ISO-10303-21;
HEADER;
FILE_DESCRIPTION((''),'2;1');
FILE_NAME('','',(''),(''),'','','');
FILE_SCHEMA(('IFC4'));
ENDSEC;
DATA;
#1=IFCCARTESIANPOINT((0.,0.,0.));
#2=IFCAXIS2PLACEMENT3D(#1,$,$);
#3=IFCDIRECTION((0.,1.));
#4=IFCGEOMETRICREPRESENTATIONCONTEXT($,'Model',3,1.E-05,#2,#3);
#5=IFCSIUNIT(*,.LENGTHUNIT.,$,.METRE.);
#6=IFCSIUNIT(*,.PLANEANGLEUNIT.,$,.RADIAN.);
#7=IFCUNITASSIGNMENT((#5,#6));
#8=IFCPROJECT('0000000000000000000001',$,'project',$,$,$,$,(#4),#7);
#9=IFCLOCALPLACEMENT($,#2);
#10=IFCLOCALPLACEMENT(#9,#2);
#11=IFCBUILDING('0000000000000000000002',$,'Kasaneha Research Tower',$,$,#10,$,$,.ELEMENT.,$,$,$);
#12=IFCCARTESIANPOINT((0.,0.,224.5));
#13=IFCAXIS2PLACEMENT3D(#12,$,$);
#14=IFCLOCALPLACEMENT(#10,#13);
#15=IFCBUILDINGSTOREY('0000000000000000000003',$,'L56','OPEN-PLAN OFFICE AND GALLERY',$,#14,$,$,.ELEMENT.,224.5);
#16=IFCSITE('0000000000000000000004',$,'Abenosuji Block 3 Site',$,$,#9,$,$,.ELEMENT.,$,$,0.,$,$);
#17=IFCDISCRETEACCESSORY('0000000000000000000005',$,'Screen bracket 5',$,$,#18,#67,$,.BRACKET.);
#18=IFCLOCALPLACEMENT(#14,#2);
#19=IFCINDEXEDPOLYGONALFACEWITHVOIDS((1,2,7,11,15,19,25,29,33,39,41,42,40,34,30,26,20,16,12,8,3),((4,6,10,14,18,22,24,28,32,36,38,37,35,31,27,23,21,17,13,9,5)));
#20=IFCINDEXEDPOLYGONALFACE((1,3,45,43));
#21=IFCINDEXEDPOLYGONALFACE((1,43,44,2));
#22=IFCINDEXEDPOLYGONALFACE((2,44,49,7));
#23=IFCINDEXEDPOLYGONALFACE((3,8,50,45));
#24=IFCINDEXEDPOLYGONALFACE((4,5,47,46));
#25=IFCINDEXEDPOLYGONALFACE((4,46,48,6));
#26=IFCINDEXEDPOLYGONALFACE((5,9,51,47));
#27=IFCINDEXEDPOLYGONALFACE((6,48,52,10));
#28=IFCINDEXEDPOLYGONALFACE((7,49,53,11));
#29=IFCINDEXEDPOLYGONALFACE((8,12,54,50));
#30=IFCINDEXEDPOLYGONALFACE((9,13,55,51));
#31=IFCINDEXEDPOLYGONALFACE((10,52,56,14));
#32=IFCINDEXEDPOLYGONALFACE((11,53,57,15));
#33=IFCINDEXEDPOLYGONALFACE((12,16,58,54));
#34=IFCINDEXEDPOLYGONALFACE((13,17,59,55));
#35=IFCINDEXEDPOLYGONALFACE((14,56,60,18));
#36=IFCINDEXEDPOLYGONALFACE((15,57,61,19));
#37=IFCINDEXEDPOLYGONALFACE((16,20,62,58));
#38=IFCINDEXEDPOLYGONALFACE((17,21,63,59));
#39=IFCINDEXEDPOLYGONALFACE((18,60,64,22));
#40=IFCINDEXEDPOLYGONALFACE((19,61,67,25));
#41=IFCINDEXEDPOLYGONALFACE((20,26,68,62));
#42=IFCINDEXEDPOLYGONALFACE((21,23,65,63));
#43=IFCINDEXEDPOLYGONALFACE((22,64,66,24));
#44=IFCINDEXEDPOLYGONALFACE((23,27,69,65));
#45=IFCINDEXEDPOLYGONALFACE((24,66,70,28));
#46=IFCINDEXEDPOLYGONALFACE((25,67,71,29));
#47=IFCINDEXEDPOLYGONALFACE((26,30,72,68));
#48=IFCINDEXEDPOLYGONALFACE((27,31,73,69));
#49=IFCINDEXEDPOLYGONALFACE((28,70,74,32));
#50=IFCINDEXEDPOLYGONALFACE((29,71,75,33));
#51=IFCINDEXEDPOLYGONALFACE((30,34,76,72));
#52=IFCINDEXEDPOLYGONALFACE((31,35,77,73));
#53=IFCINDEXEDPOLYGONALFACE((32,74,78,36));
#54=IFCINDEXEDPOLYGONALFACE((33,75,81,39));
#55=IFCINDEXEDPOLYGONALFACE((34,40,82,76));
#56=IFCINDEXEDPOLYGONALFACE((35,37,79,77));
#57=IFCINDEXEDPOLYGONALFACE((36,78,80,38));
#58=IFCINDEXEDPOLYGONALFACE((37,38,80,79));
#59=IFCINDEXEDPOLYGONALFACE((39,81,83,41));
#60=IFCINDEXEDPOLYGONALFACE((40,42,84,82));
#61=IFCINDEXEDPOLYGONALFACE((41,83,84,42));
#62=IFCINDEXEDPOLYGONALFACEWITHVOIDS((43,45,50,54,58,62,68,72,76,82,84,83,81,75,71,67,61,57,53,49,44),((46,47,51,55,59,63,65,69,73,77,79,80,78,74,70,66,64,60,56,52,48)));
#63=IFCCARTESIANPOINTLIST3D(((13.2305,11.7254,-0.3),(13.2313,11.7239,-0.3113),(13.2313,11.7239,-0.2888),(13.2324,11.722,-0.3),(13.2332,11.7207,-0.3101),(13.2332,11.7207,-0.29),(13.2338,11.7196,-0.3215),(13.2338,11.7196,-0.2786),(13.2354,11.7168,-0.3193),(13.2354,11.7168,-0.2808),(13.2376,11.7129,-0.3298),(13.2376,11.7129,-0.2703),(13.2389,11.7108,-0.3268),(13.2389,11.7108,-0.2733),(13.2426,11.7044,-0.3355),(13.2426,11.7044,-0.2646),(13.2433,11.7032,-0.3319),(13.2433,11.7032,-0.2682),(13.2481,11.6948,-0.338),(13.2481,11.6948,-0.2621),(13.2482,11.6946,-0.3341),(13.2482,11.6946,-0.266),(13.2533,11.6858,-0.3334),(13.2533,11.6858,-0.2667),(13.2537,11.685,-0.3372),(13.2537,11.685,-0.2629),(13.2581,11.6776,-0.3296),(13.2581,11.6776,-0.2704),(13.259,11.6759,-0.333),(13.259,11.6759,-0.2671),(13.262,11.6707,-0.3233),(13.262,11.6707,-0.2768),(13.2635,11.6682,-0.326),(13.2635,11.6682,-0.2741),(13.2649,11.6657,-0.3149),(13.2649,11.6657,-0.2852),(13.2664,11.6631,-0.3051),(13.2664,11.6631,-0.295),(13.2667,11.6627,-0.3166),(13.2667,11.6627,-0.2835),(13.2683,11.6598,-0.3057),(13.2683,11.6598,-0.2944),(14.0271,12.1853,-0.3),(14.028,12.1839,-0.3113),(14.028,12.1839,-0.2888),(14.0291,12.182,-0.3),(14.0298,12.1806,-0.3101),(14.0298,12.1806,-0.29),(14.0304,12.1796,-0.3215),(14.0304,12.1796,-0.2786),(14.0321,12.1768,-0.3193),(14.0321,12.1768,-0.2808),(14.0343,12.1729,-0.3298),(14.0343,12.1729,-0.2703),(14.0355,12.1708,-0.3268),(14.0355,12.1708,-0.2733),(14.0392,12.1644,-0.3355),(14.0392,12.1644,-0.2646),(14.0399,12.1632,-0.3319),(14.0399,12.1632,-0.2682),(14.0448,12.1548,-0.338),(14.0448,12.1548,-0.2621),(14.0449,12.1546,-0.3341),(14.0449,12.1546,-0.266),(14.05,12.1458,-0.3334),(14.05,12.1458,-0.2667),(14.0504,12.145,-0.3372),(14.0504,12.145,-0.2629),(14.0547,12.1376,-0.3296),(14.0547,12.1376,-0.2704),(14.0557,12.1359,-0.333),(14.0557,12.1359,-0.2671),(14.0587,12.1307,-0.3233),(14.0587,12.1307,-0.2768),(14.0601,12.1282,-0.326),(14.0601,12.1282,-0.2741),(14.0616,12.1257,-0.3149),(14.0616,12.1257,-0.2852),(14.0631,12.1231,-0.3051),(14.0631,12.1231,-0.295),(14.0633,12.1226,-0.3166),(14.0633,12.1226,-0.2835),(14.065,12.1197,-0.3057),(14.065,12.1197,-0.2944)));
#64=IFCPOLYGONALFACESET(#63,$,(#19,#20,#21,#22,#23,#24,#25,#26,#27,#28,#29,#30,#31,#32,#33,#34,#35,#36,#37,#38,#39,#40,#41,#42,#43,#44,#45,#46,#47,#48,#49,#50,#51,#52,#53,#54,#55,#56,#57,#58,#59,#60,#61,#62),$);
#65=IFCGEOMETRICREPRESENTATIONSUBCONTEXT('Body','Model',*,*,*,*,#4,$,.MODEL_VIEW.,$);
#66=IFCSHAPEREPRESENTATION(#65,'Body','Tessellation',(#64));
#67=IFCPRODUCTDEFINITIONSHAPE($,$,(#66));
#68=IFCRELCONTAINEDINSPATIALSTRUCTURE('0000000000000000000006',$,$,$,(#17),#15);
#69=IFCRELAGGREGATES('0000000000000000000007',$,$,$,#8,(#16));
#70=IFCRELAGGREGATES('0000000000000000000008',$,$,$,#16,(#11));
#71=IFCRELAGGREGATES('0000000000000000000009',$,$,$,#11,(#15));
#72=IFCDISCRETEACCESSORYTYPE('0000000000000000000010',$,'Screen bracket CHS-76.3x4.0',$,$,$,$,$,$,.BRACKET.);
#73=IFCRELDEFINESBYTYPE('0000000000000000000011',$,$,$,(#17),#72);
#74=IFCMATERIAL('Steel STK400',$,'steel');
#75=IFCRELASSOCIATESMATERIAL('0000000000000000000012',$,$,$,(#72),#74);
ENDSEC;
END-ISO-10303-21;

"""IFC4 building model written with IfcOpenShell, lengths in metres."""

from ifc_helpers import new_model, si_unit, direction, frame, origin, origin_2d, place, context, subcontext, project, spatial, hollow_circle, extrude, material, material_profile, profile_set, type_object, element, save


model = new_model("IFC4")

# Units and contexts
model_context = context("Model", 3, precision=1e-05, world=origin(), true_north=direction((0.0, 1.0)))
body_context = subcontext(model_context, "Body", "Model", "MODEL_VIEW")
ifc_project = project(units=[si_unit("LENGTHUNIT", "METRE"), si_unit("PLANEANGLEUNIT", "RADIAN")], contexts=[model_context])

# Site, building, storey
site_placement = place(None, origin())
site = spatial("IfcSite", under=ifc_project, at=site_placement, Name="Abenosuji Block 3 Site", CompositionType="ELEMENT", RefElevation=0.0)
building_placement = place(site_placement, origin())
building = spatial("IfcBuilding", under=site, at=building_placement, Name="Kasaneha Research Tower", CompositionType="ELEMENT")
storey_placement = place(building_placement, frame((0.0, 0.0, 224.5)))
storey = spatial("IfcBuildingStorey", under=building, at=storey_placement, Name="L56", Description="OPEN-PLAN OFFICE AND GALLERY", CompositionType="ELEMENT", Elevation=224.5)

# Discrete accessory
ifc_material_1 = material(Name="Steel STK400", Category="steel")
ifc_material_profile_1 = material_profile(ifc_material_1, hollow_circle(Radius=0.0381, WallThickness=0.0039, at=origin_2d()), Name="CHS-76.3x4.0")
ifc_profile_set_1 = profile_set([ifc_material_profile_1], Name="Steel STK400")
discrete_accessory_type = type_object("IfcDiscreteAccessoryType", Name="Screen bracket CHS-76.3x4.0", PredefinedType="BRACKET", material=ifc_profile_set_1)
for number, where, z_axis, x_axis, name in (
    (1, (13.2495, 11.6924, -0.3), (0.866013, 0.500021, 0.0), (-0.500021, 0.866013, 0.0), "Screen bracket 5"),
):
    element("IfcDiscreteAccessory", number, at=place(storey_placement, frame(where, z_axis=z_axis, x_axis=x_axis)), inside=storey, type_object=discrete_accessory_type, Name=name, PredefinedType="BRACKET", context=body_context, shape_type="SweptSolid", body=[
        extrude(hollow_circle(Radius=0.0381, WallThickness=0.0039, at=origin_2d()), origin(), (0.0, 0.0, 1.0), 0.9199),
    ])

save(model, "model.ifc")
